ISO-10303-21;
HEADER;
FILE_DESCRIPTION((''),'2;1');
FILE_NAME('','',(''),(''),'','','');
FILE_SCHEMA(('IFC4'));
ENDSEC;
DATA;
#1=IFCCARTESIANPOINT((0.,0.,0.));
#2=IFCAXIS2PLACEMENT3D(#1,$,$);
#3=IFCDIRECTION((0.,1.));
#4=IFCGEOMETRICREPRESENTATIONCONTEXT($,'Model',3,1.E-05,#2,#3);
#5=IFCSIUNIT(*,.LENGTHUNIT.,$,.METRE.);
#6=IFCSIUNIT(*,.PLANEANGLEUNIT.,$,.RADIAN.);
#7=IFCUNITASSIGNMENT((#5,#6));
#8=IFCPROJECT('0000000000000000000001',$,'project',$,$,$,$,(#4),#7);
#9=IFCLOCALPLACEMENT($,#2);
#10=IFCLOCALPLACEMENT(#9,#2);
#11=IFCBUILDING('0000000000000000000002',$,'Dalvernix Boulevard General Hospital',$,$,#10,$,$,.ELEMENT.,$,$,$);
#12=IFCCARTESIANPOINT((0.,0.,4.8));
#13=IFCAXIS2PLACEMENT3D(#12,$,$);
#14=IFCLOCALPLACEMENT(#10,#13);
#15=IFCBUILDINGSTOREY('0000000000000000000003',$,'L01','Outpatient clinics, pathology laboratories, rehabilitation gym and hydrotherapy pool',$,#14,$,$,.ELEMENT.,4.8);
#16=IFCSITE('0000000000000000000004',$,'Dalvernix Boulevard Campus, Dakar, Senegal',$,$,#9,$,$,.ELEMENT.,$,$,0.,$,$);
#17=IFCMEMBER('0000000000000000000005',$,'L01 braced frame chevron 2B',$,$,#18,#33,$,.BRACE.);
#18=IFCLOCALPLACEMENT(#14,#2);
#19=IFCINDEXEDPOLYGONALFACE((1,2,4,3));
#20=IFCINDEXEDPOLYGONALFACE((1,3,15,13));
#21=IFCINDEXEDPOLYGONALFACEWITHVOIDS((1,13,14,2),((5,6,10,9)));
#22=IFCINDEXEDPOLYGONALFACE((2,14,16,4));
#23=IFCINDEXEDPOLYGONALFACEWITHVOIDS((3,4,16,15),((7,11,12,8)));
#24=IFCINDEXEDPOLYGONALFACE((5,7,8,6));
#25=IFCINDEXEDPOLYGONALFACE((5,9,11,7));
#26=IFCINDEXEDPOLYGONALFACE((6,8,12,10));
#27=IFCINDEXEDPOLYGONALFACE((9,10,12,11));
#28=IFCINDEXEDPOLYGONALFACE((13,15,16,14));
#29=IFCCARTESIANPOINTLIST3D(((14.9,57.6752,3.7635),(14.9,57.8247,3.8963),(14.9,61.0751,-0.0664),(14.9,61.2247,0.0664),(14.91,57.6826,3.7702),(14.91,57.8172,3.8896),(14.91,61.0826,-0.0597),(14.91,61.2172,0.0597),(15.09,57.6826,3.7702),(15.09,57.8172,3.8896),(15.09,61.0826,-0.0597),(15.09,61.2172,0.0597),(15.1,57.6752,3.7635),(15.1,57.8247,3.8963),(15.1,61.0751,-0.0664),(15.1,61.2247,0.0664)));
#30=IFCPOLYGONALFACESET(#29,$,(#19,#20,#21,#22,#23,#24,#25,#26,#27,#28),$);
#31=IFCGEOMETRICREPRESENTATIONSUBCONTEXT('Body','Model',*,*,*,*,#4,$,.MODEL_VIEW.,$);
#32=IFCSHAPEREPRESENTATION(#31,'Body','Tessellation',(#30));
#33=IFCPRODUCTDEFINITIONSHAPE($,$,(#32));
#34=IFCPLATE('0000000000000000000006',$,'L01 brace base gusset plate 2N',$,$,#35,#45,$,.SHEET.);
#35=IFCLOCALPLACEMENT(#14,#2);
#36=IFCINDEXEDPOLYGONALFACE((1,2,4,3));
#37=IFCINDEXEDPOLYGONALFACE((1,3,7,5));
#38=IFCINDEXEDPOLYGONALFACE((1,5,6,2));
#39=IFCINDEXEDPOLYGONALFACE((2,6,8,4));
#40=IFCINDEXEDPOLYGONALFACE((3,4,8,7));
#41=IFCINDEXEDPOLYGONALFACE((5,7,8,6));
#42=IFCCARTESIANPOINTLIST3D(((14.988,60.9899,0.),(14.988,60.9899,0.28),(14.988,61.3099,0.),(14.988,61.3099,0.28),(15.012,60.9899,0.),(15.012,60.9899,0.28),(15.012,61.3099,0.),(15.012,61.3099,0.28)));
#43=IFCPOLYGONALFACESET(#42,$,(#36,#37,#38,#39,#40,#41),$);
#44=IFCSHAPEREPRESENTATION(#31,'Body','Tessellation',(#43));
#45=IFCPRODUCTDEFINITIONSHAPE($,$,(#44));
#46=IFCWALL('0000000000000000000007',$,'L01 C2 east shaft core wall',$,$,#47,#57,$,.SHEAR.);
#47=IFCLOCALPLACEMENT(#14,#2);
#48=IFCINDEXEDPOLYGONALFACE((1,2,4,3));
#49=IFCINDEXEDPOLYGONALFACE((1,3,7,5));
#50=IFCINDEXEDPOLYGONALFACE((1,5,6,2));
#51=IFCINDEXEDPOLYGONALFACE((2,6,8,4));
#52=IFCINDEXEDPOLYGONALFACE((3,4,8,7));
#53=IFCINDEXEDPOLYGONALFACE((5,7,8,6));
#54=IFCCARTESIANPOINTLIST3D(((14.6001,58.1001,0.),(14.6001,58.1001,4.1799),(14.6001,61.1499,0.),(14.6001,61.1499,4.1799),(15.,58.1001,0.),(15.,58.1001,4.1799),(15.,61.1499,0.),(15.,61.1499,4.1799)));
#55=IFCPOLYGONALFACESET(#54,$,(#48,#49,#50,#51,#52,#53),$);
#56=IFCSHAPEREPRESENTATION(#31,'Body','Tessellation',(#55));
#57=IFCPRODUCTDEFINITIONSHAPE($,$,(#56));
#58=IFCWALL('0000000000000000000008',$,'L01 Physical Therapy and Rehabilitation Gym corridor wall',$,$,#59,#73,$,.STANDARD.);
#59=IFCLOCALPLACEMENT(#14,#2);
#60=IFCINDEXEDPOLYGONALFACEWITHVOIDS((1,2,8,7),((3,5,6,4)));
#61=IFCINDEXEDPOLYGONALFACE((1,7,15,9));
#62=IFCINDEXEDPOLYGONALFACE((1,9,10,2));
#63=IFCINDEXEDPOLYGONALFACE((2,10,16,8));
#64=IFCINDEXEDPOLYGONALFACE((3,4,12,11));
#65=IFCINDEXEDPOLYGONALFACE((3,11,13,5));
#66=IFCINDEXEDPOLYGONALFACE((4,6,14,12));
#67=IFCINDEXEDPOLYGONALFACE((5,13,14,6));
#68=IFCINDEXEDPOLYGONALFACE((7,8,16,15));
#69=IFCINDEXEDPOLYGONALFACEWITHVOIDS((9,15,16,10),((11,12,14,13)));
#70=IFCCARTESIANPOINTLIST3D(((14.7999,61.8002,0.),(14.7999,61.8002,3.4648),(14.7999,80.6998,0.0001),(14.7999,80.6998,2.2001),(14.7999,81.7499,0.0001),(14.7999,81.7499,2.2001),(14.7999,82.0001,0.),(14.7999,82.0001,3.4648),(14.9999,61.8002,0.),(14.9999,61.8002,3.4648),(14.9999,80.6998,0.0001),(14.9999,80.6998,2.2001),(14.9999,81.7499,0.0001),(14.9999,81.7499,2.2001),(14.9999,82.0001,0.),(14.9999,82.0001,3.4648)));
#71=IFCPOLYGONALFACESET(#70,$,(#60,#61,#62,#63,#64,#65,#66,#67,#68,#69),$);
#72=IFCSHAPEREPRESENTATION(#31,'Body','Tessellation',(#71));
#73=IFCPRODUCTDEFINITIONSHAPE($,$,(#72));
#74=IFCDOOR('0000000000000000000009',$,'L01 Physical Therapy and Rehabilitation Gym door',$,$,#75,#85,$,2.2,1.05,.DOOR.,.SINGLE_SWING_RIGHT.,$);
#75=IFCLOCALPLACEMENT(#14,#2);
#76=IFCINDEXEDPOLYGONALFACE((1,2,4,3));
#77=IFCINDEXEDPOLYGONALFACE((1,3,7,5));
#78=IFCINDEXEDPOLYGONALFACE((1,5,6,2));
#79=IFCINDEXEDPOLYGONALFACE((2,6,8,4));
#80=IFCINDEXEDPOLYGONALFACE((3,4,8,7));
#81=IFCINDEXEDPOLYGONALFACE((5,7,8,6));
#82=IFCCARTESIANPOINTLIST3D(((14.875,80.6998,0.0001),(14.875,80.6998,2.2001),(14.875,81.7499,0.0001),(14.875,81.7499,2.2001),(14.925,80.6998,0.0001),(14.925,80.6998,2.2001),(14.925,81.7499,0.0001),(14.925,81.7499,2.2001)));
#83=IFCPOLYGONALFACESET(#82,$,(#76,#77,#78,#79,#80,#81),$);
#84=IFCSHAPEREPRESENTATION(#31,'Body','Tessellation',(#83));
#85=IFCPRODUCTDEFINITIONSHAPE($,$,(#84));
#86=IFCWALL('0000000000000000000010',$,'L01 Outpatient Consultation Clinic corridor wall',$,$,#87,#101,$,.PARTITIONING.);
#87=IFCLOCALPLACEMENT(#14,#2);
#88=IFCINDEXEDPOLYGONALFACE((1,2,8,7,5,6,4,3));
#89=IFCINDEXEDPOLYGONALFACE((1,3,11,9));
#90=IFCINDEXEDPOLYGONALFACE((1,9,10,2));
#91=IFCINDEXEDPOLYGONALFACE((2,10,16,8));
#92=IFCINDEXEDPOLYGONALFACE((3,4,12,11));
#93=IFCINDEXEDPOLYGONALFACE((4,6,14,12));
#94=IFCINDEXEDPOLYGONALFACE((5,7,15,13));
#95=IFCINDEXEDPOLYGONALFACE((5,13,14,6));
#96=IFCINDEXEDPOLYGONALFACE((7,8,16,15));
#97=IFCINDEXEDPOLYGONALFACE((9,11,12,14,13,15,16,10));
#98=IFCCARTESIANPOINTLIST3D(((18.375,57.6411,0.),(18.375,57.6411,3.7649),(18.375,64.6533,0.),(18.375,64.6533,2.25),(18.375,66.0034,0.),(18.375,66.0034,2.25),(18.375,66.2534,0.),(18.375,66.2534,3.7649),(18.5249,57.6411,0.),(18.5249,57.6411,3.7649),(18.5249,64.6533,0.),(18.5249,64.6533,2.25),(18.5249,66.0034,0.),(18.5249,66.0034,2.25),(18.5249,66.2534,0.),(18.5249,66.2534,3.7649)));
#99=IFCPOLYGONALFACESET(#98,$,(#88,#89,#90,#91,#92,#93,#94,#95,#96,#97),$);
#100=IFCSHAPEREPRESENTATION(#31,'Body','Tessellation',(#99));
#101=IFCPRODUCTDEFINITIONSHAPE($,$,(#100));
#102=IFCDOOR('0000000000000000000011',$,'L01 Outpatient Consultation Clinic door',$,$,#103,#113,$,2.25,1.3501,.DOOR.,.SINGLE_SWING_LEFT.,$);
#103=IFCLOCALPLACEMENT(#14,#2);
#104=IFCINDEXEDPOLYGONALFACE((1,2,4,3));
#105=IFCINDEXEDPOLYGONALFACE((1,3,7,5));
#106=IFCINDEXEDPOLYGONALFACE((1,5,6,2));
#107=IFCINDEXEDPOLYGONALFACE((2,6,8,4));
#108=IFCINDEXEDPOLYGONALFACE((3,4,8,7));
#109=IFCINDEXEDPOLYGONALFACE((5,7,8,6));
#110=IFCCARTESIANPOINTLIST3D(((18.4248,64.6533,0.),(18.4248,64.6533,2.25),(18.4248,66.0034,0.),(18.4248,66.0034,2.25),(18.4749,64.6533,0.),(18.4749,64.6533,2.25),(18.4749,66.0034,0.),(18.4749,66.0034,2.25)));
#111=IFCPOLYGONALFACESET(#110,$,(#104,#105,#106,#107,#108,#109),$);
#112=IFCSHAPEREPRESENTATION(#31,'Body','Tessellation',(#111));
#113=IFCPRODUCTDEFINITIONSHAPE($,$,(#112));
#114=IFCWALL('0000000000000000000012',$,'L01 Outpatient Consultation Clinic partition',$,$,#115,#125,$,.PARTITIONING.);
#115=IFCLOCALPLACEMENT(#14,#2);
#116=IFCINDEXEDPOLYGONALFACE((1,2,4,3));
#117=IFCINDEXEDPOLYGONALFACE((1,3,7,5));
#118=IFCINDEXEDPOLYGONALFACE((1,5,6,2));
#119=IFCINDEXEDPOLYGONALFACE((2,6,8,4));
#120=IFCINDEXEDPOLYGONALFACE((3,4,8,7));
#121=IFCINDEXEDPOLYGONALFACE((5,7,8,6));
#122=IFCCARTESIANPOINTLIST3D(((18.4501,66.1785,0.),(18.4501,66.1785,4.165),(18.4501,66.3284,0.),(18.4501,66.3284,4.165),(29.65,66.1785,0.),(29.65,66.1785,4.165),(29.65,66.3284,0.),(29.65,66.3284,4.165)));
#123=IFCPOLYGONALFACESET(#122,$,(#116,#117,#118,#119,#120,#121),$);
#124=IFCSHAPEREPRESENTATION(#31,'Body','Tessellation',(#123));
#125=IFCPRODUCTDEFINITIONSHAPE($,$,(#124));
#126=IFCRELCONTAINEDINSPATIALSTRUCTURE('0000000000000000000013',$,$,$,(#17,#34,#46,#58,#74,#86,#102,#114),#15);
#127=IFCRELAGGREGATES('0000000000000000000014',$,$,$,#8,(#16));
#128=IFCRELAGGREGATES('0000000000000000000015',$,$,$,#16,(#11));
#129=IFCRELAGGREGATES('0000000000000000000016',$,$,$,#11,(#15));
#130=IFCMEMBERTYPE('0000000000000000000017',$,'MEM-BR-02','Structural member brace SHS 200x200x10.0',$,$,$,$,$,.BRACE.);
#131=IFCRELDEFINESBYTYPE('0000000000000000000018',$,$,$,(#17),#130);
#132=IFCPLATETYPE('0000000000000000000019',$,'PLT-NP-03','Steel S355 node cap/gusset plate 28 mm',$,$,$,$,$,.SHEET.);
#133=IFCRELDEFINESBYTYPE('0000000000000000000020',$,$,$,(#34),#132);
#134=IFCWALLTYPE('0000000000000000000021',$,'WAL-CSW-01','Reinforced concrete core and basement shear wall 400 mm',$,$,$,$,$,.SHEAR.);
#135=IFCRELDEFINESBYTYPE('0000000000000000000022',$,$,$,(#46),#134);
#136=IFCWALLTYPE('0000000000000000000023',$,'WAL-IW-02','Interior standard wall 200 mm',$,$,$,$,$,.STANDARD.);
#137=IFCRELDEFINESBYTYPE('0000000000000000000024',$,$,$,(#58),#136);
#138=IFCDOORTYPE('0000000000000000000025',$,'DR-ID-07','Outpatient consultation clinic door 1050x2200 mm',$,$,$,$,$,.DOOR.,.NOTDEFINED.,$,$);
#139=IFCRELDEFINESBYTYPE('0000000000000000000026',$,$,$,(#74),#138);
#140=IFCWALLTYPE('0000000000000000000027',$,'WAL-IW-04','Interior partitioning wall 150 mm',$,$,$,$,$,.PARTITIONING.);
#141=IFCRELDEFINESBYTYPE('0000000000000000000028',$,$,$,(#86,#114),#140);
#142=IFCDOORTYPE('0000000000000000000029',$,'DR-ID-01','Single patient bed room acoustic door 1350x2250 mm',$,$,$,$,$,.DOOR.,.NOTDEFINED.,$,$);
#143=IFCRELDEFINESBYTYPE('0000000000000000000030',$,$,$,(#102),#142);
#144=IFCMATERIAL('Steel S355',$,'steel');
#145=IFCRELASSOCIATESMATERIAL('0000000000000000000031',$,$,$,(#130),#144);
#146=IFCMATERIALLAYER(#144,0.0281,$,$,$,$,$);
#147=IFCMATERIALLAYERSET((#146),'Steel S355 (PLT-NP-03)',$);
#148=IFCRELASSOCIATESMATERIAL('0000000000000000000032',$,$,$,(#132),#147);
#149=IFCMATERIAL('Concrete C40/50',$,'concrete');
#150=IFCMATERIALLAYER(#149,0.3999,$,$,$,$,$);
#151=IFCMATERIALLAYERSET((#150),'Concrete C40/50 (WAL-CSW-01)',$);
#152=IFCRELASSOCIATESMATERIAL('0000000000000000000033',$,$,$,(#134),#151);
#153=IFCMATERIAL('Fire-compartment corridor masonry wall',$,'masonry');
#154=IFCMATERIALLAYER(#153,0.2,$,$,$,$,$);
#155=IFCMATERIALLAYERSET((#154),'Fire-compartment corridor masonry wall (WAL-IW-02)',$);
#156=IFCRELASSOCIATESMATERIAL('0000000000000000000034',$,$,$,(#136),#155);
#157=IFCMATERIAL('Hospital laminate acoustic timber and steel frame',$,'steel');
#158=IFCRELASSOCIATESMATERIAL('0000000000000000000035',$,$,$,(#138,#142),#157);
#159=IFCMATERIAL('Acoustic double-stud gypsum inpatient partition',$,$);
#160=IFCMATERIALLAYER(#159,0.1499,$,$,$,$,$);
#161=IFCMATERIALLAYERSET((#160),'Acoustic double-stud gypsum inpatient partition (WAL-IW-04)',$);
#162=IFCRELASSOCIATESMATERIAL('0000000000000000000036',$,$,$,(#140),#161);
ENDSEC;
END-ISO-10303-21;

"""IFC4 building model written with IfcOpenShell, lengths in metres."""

from ifc_helpers import new_model, si_unit, direction, frame, frame_2d, origin, origin_2d, place, context, subcontext, project, spatial, rectangle, hollow_rectangle, extrude, material, layer, layer_set, material_profile, profile_set, type_object, element, fill, save


model = new_model("IFC4")

# Units and contexts
model_context = context("Model", 3, precision=1e-05, world=origin(), true_north=direction((0.0, 1.0)))
body_context = subcontext(model_context, "Body", "Model", "MODEL_VIEW")
ifc_project = project(units=[si_unit("LENGTHUNIT", "METRE"), si_unit("PLANEANGLEUNIT", "RADIAN")], contexts=[model_context])

# Site, building, storey
site_placement = place(None, origin())
site = spatial("IfcSite", under=ifc_project, at=site_placement, Name="Dalvernix Boulevard Campus, Dakar, Senegal", CompositionType="ELEMENT", RefElevation=0.0)
building_placement = place(site_placement, origin())
building = spatial("IfcBuilding", under=site, at=building_placement, Name="Dalvernix Boulevard General Hospital", CompositionType="ELEMENT")
storey_placement = place(building_placement, frame((0.0, 0.0, 4.8)))
storey = spatial("IfcBuildingStorey", under=building, at=storey_placement, Name="L01", Description="Outpatient clinics, pathology laboratories, rehabilitation gym and hydrotherapy pool", CompositionType="ELEMENT", Elevation=4.8)

# Shared definitions
ifc_material_1 = material(Name="Concrete C40/50", Category="concrete")

# Member
ifc_material_2 = material(Name="Steel S355", Category="steel")
ifc_material_profile_1 = material_profile(ifc_material_2, hollow_rectangle(XDim=0.2, YDim=0.2, WallThickness=0.01, at=origin_2d()), Name="SHS 200x200x10.0")
ifc_profile_set_1 = profile_set([ifc_material_profile_1], Name="Steel S355")
member_type = type_object("IfcMemberType", Name="MEM-BR-02", Description="Structural member brace SHS 200x200x10.0", PredefinedType="BRACE", material=ifc_profile_set_1)
member_placement = place(storey_placement, frame((15.0, 61.1499, 0.0), z_axis=(0.0, -0.663884, 0.747835), x_axis=(1.0, 0.0, 0.0)))
element("IfcMember", 1, at=member_placement, inside=storey, type_object=member_type, Name="L01 braced frame chevron 2B", PredefinedType="BRACE", context=body_context, shape_type="SweptSolid", body=[
    extrude(hollow_rectangle(XDim=0.2, YDim=0.2, WallThickness=0.01, at=origin_2d()), origin(), (0.0, 0.0, 1.0), 5.1213),
])

# Plate
ifc_layer_1 = layer(ifc_material_2, 0.0281)
ifc_layer_set_1 = layer_set([ifc_layer_1], Name="Steel S355 (PLT-NP-03)")
plate_type = type_object("IfcPlateType", Name="PLT-NP-03", Description="Steel S355 node cap/gusset plate 28 mm", PredefinedType="SHEET", material=ifc_layer_set_1)
plate_placement = place(storey_placement, frame((15.0, 61.1499, 0.0), z_axis=(0.0, 0.0, 1.0), x_axis=(0.0, 1.0, 0.0)))
element("IfcPlate", 2, at=plate_placement, inside=storey, type_object=plate_type, Name="L01 brace base gusset plate 2N", PredefinedType="SHEET", context=body_context, shape_type="SweptSolid", body=[
    extrude(rectangle(XDim=0.3201, YDim=0.0239, at=origin_2d()), origin(), (0.0, 0.0, 1.0), 0.28),
])

# Wall
ifc_layer_2 = layer(ifc_material_1, 0.3999)
ifc_layer_set_2 = layer_set([ifc_layer_2], Name="Concrete C40/50 (WAL-CSW-01)")
wall_type_1 = type_object("IfcWallType", Name="WAL-CSW-01", Description="Reinforced concrete core and basement shear wall 400 mm", PredefinedType="SHEAR", material=ifc_layer_set_2)
wall_1_placement = place(storey_placement, frame((14.8, 58.1001, 0.0), z_axis=(0.0, 0.0, 1.0), x_axis=(0.0, 1.0, 0.0)))
element("IfcWall", 3, at=wall_1_placement, inside=storey, type_object=wall_type_1, Name="L01 C2 east shaft core wall", PredefinedType="SHEAR", context=body_context, shape_type="SweptSolid", body=[
    extrude(rectangle(XDim=3.0498, YDim=0.3999, at=frame_2d((1.5249, 0.0))), origin(), (0.0, 0.0, 1.0), 4.1799),
])

# Walls, openings, doors
ifc_material_3 = material(Name="Fire-compartment corridor masonry wall", Category="masonry")
ifc_layer_3 = layer(ifc_material_3, 0.2)
ifc_layer_set_3 = layer_set([ifc_layer_3], Name="Fire-compartment corridor masonry wall (WAL-IW-02)")
wall_type_2 = type_object("IfcWallType", Name="WAL-IW-02", Description="Interior standard wall 200 mm", PredefinedType="STANDARD", material=ifc_layer_set_3)
wall_2_placement = place(storey_placement, frame((14.8999, 61.8, 0.0), z_axis=(0.0, 0.0, 1.0), x_axis=(0.0, 1.0, 0.0)))
wall_2 = element("IfcWall", 4, at=wall_2_placement, inside=storey, type_object=wall_type_2, Name="L01 Physical Therapy and Rehabilitation Gym corridor wall", PredefinedType="STANDARD", context=body_context, shape_type="SweptSolid", body=[
    extrude(rectangle(XDim=20.2, YDim=0.2, at=frame_2d((10.1001, 0.0))), origin(), (0.0, 0.0, 1.0), 3.4648),
])
opening_1_placement = place(wall_2_placement, frame((18.8999, 0.0, 0.0)))
opening_1 = element("IfcOpeningElement", 5, at=opening_1_placement, cuts=wall_2, PredefinedType="OPENING", context=body_context, shape_type="SweptSolid", body=[
    extrude(rectangle(XDim=1.05, YDim=2.2, at=frame_2d((0.5249, 1.1001))), frame((0.0, 0.1099, 0.0), z_axis=(0.0, -1.0, 0.0), x_axis=(1.0, 0.0, 0.0)), (0.0, 0.0, 1.0), 0.22),
])
ifc_material_4 = material(Name="Hospital laminate acoustic timber and steel frame", Category="steel")
door_type_1 = type_object("IfcDoorType", Name="DR-ID-07", Description="Outpatient consultation clinic door 1050x2200 mm", OperationType="NOTDEFINED", PredefinedType="DOOR", material=ifc_material_4)
door_1_placement = place(opening_1_placement, origin())
door_1 = element("IfcDoor", 6, at=door_1_placement, inside=storey, type_object=door_type_1, Name="L01 Physical Therapy and Rehabilitation Gym door", OperationType="SINGLE_SWING_RIGHT", OverallHeight=2.2, OverallWidth=1.05, PredefinedType="DOOR", context=body_context, shape_type="SweptSolid", body=[
    extrude(rectangle(XDim=1.05, YDim=2.2, at=frame_2d((0.5249, 1.1001))), frame((0.0, 0.0249, 0.0), z_axis=(0.0, -1.0, 0.0), x_axis=(1.0, 0.0, 0.0)), (0.0, 0.0, 1.0), 0.05),
])
fill(opening_1, door_1)
ifc_material_5 = material(Name="Acoustic double-stud gypsum inpatient partition")
ifc_layer_4 = layer(ifc_material_5, 0.1499)
ifc_layer_set_4 = layer_set([ifc_layer_4], Name="Acoustic double-stud gypsum inpatient partition (WAL-IW-04)")
wall_type_3 = type_object("IfcWallType", Name="WAL-IW-04", Description="Interior partitioning wall 150 mm", PredefinedType="PARTITIONING", material=ifc_layer_set_4)
wall_3_placement = place(storey_placement, frame((18.45, 66.2534, 0.0), z_axis=(0.0, 0.0, 1.0), x_axis=(0.0, -1.0, 0.0)))
wall_3 = element("IfcWall", 7, at=wall_3_placement, inside=storey, type_object=wall_type_3, Name="L01 Outpatient Consultation Clinic corridor wall", PredefinedType="PARTITIONING", context=body_context, shape_type="SweptSolid", body=[
    extrude(rectangle(XDim=8.6123, YDim=0.1499, at=frame_2d((4.3062, 0.0))), origin(), (0.0, 0.0, 1.0), 3.7649),
])
opening_2_placement = place(wall_3_placement, frame((0.25, 0.0, 0.0)))
opening_2 = element("IfcOpeningElement", 8, at=opening_2_placement, cuts=wall_3, PredefinedType="OPENING", context=body_context, shape_type="SweptSolid", body=[
    extrude(rectangle(XDim=1.3501, YDim=2.25, at=frame_2d((0.675, 1.125))), frame((0.0, 0.085, 0.0), z_axis=(0.0, -1.0, 0.0), x_axis=(1.0, 0.0, 0.0)), (0.0, 0.0, 1.0), 0.1699),
])
door_type_2 = type_object("IfcDoorType", Name="DR-ID-01", Description="Single patient bed room acoustic door 1350x2250 mm", OperationType="NOTDEFINED", PredefinedType="DOOR", material=ifc_material_4)
door_2_placement = place(opening_2_placement, origin())
door_2 = element("IfcDoor", 9, at=door_2_placement, inside=storey, type_object=door_type_2, Name="L01 Outpatient Consultation Clinic door", OperationType="SINGLE_SWING_LEFT", OverallHeight=2.25, OverallWidth=1.3501, PredefinedType="DOOR", context=body_context, shape_type="SweptSolid", body=[
    extrude(rectangle(XDim=1.3501, YDim=2.25, at=frame_2d((0.675, 1.125))), frame((0.0, 0.0249, 0.0), z_axis=(0.0, -1.0, 0.0), x_axis=(1.0, 0.0, 0.0)), (0.0, 0.0, 1.0), 0.05),
])
fill(opening_2, door_2)

# Wall
wall_4_placement = place(storey_placement, frame((18.45, 66.2534, 0.0), z_axis=(0.0, 0.0, 1.0), x_axis=(1.0, 0.0, 0.0)))
element("IfcWall", 10, at=wall_4_placement, inside=storey, type_object=wall_type_3, Name="L01 Outpatient Consultation Clinic partition", PredefinedType="PARTITIONING", context=body_context, shape_type="SweptSolid", body=[
    extrude(rectangle(XDim=11.2, YDim=0.1499, at=frame_2d((5.6001, 0.0))), origin(), (0.0, 0.0, 1.0), 4.165),
])

save(model, "model.ifc")
